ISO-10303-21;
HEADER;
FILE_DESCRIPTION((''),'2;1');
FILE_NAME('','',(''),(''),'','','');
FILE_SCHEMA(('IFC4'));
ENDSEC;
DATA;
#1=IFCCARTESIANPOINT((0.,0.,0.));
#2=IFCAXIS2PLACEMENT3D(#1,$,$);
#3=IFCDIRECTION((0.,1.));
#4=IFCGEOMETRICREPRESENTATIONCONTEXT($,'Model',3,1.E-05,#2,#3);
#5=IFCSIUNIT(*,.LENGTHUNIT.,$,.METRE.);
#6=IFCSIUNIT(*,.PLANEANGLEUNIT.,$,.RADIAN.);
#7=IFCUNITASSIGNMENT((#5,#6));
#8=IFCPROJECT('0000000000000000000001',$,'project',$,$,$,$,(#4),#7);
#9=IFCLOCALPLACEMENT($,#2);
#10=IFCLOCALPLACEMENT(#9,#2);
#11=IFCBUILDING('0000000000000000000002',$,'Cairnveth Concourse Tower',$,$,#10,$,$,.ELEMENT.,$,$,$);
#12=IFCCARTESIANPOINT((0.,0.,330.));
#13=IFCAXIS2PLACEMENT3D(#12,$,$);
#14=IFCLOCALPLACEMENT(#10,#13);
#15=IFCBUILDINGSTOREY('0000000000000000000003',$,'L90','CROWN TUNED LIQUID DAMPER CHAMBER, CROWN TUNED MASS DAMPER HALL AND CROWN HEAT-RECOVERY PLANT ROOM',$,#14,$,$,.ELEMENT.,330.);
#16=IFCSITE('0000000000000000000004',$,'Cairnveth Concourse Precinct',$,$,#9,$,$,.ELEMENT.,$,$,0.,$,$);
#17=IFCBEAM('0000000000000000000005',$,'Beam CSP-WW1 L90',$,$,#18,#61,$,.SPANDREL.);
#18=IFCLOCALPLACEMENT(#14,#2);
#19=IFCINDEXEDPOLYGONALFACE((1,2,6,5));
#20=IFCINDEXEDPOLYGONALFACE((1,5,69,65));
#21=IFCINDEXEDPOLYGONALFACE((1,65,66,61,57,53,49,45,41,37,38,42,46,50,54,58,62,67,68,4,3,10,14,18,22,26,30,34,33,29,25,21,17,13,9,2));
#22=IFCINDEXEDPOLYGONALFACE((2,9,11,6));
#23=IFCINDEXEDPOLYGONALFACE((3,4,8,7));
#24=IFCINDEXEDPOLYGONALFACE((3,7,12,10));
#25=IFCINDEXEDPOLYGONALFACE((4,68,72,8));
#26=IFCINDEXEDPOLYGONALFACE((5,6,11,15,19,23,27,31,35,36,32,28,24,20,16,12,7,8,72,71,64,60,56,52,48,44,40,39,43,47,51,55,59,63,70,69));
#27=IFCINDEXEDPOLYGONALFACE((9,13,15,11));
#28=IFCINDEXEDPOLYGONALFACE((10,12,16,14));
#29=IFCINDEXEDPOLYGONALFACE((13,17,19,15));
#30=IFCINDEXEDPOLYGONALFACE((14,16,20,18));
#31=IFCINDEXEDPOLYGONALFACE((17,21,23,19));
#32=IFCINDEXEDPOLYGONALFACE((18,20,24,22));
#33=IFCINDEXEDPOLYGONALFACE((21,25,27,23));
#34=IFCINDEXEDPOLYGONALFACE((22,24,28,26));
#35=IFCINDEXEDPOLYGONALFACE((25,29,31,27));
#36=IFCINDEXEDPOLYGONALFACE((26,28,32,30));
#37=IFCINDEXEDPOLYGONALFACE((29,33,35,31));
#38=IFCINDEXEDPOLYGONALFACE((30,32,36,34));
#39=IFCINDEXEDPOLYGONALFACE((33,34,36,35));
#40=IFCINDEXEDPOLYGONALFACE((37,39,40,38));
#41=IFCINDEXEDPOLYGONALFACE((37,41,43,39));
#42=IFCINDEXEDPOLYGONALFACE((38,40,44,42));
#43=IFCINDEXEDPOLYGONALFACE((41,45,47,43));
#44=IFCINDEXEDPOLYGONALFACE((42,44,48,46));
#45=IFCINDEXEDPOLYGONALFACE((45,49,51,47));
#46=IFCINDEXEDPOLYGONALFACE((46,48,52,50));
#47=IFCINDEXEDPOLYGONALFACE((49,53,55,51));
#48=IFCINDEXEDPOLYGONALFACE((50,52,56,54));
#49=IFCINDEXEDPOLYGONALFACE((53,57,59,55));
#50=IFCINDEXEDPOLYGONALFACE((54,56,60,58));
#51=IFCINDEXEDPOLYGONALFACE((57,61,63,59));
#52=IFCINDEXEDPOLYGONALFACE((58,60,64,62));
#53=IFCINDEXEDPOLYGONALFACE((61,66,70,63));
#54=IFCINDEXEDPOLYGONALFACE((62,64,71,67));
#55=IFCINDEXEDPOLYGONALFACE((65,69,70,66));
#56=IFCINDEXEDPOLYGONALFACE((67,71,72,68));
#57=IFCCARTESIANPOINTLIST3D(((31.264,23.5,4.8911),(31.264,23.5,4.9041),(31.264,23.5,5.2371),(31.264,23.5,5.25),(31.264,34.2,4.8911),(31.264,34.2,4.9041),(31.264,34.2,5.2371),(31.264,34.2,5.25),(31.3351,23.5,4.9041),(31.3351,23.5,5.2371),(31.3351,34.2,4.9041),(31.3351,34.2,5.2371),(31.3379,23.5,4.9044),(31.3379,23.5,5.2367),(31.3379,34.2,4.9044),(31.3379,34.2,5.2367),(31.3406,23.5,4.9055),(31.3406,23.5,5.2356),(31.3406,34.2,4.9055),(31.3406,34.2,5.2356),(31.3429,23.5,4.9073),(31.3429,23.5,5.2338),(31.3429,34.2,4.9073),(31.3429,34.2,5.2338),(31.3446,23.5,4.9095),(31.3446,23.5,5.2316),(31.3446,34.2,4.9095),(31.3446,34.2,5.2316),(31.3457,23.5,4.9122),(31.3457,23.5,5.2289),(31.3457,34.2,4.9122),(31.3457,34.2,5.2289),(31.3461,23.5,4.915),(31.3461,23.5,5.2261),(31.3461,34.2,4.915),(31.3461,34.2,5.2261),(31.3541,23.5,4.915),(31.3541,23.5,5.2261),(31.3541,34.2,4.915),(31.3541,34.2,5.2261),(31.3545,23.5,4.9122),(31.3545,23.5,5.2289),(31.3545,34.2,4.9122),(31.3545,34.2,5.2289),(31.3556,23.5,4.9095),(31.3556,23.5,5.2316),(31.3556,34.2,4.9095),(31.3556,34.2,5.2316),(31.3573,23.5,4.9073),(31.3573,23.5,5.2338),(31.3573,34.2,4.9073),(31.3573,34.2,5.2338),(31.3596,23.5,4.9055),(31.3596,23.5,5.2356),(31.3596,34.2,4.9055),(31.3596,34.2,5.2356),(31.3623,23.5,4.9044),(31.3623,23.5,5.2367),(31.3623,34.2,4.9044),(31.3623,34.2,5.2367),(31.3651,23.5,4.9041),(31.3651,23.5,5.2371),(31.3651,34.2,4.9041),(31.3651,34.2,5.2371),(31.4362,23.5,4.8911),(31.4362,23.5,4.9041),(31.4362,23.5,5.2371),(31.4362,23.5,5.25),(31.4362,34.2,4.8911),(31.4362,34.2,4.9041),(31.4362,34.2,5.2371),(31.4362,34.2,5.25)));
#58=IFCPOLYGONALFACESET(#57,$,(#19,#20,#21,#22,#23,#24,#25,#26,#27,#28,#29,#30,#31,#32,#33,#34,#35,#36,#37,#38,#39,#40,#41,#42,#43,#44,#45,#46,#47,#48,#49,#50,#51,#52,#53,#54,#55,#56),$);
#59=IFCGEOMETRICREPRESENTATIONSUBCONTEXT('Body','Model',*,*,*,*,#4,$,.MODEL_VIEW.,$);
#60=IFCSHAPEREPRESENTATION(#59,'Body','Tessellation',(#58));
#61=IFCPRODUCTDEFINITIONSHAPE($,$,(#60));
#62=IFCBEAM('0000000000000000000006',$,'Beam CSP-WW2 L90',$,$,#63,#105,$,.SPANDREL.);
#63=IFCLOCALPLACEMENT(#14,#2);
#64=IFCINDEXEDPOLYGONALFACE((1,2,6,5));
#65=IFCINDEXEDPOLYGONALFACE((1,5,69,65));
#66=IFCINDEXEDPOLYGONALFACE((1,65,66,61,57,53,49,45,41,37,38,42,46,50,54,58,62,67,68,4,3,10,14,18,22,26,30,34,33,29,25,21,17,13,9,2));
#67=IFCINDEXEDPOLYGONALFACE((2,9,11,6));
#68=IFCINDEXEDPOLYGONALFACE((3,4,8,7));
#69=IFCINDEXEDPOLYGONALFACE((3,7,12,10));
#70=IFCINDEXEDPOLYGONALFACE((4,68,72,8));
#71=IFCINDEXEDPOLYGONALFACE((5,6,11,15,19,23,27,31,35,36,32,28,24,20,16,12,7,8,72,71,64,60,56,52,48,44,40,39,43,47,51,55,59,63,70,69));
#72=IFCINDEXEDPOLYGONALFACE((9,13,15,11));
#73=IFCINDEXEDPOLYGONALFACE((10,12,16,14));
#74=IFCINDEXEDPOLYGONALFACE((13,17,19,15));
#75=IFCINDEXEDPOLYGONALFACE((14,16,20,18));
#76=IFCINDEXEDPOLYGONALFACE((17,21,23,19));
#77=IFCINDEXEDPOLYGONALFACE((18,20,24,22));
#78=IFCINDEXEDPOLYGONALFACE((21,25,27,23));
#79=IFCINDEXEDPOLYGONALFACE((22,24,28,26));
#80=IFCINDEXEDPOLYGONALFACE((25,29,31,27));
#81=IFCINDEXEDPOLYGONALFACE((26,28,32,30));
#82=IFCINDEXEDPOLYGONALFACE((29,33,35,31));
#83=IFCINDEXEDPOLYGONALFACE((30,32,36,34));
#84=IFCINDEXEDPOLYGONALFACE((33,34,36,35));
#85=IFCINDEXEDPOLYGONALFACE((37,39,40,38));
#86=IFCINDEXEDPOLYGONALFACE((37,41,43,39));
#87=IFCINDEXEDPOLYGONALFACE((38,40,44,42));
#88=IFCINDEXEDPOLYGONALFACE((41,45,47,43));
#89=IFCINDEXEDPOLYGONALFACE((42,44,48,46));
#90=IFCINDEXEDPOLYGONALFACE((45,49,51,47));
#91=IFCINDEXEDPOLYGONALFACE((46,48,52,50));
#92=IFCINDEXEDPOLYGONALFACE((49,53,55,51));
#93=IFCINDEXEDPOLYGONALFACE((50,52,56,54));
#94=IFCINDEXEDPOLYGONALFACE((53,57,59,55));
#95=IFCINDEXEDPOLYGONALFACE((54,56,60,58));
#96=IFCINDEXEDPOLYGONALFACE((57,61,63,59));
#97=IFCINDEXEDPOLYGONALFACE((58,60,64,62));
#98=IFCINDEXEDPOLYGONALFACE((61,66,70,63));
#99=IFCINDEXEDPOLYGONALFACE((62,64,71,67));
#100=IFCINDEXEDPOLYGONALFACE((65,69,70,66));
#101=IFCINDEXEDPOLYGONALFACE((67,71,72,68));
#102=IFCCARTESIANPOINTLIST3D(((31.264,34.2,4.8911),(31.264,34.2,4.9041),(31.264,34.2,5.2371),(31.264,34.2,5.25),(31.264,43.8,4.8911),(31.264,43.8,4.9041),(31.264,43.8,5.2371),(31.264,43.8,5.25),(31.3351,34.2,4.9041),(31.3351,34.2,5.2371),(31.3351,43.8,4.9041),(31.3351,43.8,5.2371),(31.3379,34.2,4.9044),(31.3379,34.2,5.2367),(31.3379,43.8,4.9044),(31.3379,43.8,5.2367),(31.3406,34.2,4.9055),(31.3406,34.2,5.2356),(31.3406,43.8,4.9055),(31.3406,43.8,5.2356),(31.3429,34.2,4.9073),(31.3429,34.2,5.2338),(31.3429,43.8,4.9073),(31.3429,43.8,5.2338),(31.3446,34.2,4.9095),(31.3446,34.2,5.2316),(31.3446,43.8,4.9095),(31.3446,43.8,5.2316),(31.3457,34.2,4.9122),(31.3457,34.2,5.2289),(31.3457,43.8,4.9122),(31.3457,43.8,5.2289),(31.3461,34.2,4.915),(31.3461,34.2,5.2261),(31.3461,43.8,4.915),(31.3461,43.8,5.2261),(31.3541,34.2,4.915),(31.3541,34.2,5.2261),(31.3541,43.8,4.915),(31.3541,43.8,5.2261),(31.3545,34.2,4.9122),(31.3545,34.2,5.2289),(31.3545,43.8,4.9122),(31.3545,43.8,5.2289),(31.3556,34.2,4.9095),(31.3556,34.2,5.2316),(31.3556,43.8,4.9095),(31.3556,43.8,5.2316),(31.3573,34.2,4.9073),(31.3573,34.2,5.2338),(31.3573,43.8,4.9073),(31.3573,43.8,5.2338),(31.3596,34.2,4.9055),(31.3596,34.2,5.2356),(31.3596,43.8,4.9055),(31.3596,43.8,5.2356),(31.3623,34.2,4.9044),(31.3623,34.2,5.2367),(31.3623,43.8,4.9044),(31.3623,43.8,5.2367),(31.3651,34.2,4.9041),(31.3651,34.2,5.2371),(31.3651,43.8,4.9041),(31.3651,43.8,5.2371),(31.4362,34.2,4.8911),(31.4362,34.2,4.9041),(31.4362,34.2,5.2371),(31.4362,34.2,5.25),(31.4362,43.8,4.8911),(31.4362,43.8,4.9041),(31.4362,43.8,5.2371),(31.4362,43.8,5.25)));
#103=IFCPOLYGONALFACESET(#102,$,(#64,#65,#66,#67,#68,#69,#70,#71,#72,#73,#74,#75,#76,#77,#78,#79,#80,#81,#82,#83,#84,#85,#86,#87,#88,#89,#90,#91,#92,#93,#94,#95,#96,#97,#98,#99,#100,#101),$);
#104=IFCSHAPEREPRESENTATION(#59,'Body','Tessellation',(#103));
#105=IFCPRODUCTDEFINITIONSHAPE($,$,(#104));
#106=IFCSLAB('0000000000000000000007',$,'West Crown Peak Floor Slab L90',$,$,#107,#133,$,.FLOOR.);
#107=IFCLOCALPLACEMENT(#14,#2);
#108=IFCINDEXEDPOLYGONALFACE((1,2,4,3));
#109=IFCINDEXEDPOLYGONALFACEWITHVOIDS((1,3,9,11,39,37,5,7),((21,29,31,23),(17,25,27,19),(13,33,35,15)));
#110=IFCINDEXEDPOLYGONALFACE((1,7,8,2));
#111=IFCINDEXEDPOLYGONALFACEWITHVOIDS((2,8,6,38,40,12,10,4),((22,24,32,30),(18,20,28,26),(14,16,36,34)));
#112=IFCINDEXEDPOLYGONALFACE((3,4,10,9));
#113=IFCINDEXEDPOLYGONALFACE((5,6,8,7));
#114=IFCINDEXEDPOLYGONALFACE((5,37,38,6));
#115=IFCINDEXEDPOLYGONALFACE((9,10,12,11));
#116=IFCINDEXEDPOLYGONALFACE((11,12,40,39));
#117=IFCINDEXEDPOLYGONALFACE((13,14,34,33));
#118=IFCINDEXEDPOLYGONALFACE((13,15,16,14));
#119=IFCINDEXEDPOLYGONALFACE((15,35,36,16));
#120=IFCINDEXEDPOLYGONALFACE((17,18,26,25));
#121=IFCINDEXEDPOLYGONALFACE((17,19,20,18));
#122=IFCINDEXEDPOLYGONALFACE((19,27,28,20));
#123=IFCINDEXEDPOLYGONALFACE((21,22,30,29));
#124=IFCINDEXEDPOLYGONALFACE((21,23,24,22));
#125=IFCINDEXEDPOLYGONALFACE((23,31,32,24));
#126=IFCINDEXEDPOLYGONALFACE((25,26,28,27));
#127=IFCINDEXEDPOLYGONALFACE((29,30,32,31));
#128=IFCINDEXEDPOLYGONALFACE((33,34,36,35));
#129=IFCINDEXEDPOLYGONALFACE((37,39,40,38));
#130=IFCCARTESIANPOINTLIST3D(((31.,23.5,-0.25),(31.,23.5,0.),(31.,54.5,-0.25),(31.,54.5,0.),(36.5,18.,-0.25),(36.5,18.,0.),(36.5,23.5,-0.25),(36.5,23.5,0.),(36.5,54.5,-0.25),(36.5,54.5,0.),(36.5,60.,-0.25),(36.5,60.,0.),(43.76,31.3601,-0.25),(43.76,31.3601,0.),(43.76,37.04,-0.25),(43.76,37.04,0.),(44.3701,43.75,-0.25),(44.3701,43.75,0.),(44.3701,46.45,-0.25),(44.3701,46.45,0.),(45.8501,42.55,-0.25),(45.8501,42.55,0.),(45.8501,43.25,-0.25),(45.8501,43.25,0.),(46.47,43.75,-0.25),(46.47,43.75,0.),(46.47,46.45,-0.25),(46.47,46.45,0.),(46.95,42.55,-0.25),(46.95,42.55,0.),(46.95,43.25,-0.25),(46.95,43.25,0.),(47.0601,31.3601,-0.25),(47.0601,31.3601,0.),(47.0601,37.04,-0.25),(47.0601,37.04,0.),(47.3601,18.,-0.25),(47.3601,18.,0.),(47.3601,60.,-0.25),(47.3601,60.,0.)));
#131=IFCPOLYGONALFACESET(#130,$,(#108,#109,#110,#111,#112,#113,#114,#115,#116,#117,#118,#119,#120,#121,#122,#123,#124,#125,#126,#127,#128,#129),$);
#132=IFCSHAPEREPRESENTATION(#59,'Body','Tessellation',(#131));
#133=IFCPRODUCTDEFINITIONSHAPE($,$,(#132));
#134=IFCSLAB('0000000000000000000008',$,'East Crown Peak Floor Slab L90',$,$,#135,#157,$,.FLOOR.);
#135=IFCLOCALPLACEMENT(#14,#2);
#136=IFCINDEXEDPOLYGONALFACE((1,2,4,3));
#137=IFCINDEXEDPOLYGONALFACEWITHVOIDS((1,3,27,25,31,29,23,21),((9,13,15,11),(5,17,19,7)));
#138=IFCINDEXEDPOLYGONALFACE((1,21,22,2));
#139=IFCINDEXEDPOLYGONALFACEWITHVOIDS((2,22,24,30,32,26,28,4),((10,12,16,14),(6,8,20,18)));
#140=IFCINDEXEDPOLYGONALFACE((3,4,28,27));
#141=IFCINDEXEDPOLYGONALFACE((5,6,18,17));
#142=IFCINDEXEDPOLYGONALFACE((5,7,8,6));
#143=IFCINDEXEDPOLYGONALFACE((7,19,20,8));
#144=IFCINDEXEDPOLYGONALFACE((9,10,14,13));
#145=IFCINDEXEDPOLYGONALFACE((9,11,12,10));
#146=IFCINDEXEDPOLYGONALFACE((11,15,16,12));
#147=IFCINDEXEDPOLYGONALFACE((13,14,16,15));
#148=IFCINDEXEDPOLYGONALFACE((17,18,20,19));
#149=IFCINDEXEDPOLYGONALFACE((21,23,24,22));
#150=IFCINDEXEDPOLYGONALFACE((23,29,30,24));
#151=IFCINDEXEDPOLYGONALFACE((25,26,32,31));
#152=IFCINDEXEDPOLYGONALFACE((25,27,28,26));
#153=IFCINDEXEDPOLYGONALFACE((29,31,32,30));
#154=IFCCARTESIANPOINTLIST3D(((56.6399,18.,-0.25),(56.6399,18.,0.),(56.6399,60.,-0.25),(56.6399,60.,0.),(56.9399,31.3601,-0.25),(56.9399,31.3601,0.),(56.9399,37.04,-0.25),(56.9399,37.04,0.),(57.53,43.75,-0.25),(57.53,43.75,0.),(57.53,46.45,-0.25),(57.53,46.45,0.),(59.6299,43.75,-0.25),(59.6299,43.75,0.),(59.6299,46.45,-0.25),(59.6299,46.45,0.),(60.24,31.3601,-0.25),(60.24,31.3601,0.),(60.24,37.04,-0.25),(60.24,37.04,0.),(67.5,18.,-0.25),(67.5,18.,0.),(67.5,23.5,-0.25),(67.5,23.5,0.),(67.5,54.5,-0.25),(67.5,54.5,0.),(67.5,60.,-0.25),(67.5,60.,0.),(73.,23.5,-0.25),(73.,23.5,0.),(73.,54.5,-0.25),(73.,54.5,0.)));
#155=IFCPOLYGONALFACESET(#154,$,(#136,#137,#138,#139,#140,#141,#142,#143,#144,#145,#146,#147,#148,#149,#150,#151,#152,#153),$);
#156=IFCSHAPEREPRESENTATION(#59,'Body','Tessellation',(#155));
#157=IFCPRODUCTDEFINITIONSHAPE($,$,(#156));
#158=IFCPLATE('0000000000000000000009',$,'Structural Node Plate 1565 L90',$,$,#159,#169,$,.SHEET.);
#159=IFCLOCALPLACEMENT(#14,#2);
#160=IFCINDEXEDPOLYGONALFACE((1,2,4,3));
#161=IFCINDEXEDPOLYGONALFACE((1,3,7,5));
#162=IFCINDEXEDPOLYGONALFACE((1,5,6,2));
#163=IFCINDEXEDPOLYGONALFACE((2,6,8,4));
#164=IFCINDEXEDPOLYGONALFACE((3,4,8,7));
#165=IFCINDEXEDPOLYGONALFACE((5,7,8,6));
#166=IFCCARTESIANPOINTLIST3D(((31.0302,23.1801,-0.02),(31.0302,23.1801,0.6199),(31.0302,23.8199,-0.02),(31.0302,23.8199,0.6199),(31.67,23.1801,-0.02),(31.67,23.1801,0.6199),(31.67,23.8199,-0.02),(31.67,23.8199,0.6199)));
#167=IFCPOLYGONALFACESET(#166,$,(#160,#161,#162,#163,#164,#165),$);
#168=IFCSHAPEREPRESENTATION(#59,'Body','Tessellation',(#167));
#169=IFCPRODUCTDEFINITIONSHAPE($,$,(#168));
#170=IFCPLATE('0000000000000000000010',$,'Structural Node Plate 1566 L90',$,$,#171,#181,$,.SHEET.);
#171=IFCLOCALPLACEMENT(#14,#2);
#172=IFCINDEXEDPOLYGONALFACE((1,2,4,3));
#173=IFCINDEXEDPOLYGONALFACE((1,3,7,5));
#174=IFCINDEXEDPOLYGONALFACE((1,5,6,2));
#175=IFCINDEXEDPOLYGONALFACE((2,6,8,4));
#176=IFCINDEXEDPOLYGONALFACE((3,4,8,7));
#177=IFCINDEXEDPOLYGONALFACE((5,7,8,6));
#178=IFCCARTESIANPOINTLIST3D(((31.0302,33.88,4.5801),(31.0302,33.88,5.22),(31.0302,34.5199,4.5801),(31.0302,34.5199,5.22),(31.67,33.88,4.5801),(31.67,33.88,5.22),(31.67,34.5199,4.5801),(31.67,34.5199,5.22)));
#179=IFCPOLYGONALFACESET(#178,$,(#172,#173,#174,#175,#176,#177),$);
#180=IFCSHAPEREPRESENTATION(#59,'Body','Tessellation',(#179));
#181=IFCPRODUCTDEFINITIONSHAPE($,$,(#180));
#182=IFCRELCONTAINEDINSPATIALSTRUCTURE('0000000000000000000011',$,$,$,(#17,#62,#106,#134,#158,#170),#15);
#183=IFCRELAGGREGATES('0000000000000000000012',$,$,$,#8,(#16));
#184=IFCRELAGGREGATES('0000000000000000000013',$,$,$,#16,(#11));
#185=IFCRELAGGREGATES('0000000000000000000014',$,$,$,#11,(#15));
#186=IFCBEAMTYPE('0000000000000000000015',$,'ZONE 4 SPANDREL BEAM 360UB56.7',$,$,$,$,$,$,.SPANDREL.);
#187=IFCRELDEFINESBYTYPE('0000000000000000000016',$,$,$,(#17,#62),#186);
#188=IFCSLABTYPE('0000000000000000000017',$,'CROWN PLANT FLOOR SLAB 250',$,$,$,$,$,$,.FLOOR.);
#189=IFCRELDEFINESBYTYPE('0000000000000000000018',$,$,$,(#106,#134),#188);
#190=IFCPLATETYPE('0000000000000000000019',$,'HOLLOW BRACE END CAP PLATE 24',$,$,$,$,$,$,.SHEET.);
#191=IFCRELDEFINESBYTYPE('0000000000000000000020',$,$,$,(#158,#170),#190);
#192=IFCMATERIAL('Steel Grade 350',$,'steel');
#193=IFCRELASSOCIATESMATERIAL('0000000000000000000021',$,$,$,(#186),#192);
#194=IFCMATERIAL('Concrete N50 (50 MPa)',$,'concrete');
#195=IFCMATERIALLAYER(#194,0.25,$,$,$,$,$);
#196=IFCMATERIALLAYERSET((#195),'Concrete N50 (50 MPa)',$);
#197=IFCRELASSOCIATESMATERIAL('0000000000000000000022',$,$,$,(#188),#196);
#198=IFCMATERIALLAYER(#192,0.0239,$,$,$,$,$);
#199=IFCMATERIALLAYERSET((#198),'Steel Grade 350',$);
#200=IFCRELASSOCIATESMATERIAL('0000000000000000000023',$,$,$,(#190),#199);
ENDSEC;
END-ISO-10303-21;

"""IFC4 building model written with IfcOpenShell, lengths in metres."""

from ifc_helpers import new_model, si_unit, direction, frame, origin, origin_2d, place, context, subcontext, project, spatial, polyline, rectangle, i_section, outline, extrude, material, layer, layer_set, material_profile, profile_set, type_object, element, save


model = new_model("IFC4")

# Units and contexts
model_context = context("Model", 3, precision=1e-05, world=origin(), true_north=direction((0.0, 1.0)))
body_context = subcontext(model_context, "Body", "Model", "MODEL_VIEW")
ifc_project = project(units=[si_unit("LENGTHUNIT", "METRE"), si_unit("PLANEANGLEUNIT", "RADIAN")], contexts=[model_context])

# Site, building, storey
site_placement = place(None, origin())
site = spatial("IfcSite", under=ifc_project, at=site_placement, Name="Cairnveth Concourse Precinct", CompositionType="ELEMENT", RefElevation=0.0)
building_placement = place(site_placement, origin())
building = spatial("IfcBuilding", under=site, at=building_placement, Name="Cairnveth Concourse Tower", CompositionType="ELEMENT")
storey_placement = place(building_placement, frame((0.0, 0.0, 330.0)))
storey = spatial("IfcBuildingStorey", under=building, at=storey_placement, Name="L90", Description="CROWN TUNED LIQUID DAMPER CHAMBER, CROWN TUNED MASS DAMPER HALL AND CROWN HEAT-RECOVERY PLANT ROOM", CompositionType="ELEMENT", Elevation=330.0)

# Shared definitions
ifc_material_1 = material(Name="Steel Grade 350", Category="steel")

# Beams
ifc_material_profile_1 = material_profile(ifc_material_1, i_section(OverallWidth=0.1721, OverallDepth=0.3589, WebThickness=0.0081, FlangeThickness=0.0129, FilletRadius=0.011, at=origin_2d()), Name="360UB56.7")
ifc_profile_set_1 = profile_set([ifc_material_profile_1], Name="Steel Grade 350")
beam_type_1 = type_object("IfcBeamType", Name="ZONE 4 SPANDREL BEAM 360UB56.7", PredefinedType="SPANDREL", material=ifc_profile_set_1)
for number, where, z_axis, x_axis, name in (
    (1, (31.3501, 23.5, 5.0706), (0.0, 1.0, 0.0), (-1.0, 0.0, 0.0), "Beam CSP-WW1 L90"),
):
    element("IfcBeam", number, at=place(storey_placement, frame(where, z_axis=z_axis, x_axis=x_axis)), inside=storey, type_object=beam_type_1, Name=name, PredefinedType="SPANDREL", context=body_context, shape_type="SweptSolid", body=[
        extrude(i_section(OverallWidth=0.1721, OverallDepth=0.3589, WebThickness=0.0081, FlangeThickness=0.0129, FilletRadius=0.011, at=origin_2d()), origin(), (0.0, 0.0, 1.0), 10.7),
    ])
beam_1_placement = place(storey_placement, frame((31.3501, 34.2, 5.0706), z_axis=(0.0, 1.0, 0.0), x_axis=(-1.0, 0.0, 0.0)))
element("IfcBeam", 2, at=beam_1_placement, inside=storey, type_object=beam_type_1, Name="Beam CSP-WW2 L90", PredefinedType="SPANDREL", context=body_context, shape_type="SweptSolid", body=[
    extrude(i_section(OverallWidth=0.1721, OverallDepth=0.3589, WebThickness=0.0081, FlangeThickness=0.0129, FilletRadius=0.011, at=origin_2d()), origin(), (0.0, 0.0, 1.0), 9.6001),
])

# Slabs
ifc_material_2 = material(Name="Concrete N50 (50 MPa)", Category="concrete")
ifc_layer_1 = layer(ifc_material_2, 0.25)
ifc_layer_set_1 = layer_set([ifc_layer_1], Name="Concrete N50 (50 MPa)")
slab_type = type_object("IfcSlabType", Name="CROWN PLANT FLOOR SLAB 250", PredefinedType="FLOOR", material=ifc_layer_set_1)
slab_1_placement = place(storey_placement, frame((0.0, 0.0, -0.25)))
element("IfcSlab", 3, at=slab_1_placement, inside=storey, type_object=slab_type, Name="West Crown Peak Floor Slab L90", PredefinedType="FLOOR", context=body_context, shape_type="SweptSolid", body=[
    extrude(outline(polyline([(36.5, 18.0), (47.3601, 18.0), (47.3601, 60.0), (36.5, 60.0), (36.5, 54.5), (31.0, 54.5), (31.0, 23.5), (36.5, 23.5), (36.5, 18.0)]), holes=[polyline([(43.76, 31.3601), (47.0601, 31.3601), (47.0601, 37.04), (43.76, 37.04), (43.76, 31.3601)]), polyline([(44.3701, 43.75), (46.47, 43.75), (46.47, 46.45), (44.3701, 46.45), (44.3701, 43.75)]), polyline([(45.8501, 42.55), (46.95, 42.55), (46.95, 43.25), (45.8501, 43.25), (45.8501, 42.55)])]), origin(), (0.0, 0.0, 1.0), 0.25),
])
slab_2_placement = place(storey_placement, frame((0.0, 0.0, -0.25)))
element("IfcSlab", 4, at=slab_2_placement, inside=storey, type_object=slab_type, Name="East Crown Peak Floor Slab L90", PredefinedType="FLOOR", context=body_context, shape_type="SweptSolid", body=[
    extrude(outline(polyline([(56.6399, 18.0), (67.5, 18.0), (67.5, 23.5), (73.0, 23.5), (73.0, 54.5), (67.5, 54.5), (67.5, 60.0), (56.6399, 60.0), (56.6399, 18.0)]), holes=[polyline([(56.9399, 31.3601), (60.24, 31.3601), (60.24, 37.04), (56.9399, 37.04), (56.9399, 31.3601)]), polyline([(57.53, 43.75), (59.6299, 43.75), (59.6299, 46.45), (57.53, 46.45), (57.53, 43.75)])]), origin(), (0.0, 0.0, 1.0), 0.25),
])

# Plates
ifc_layer_2 = layer(ifc_material_1, 0.0239)
ifc_layer_set_2 = layer_set([ifc_layer_2], Name="Steel Grade 350")
plate_type = type_object("IfcPlateType", Name="HOLLOW BRACE END CAP PLATE 24", PredefinedType="SHEET", material=ifc_layer_set_2)
for number, where, z_axis, x_axis, name in (
    (5, (31.3501, 23.5, -0.02), (0.0, 0.0, 1.0), (1.0, 0.0, 0.0), "Structural Node Plate 1565 L90"),
    (6, (31.3501, 34.2, 4.5801), (0.0, 0.0, 1.0), (1.0, 0.0, 0.0), "Structural Node Plate 1566 L90"),
):
    element("IfcPlate", number, at=place(storey_placement, frame(where, z_axis=z_axis, x_axis=x_axis)), inside=storey, type_object=plate_type, Name=name, PredefinedType="SHEET", context=body_context, shape_type="SweptSolid", body=[
        extrude(rectangle(XDim=0.6399, YDim=0.6399, at=origin_2d()), origin(), (0.0, 0.0, 1.0), 0.6399),
    ])

save(model, "model.ifc")
